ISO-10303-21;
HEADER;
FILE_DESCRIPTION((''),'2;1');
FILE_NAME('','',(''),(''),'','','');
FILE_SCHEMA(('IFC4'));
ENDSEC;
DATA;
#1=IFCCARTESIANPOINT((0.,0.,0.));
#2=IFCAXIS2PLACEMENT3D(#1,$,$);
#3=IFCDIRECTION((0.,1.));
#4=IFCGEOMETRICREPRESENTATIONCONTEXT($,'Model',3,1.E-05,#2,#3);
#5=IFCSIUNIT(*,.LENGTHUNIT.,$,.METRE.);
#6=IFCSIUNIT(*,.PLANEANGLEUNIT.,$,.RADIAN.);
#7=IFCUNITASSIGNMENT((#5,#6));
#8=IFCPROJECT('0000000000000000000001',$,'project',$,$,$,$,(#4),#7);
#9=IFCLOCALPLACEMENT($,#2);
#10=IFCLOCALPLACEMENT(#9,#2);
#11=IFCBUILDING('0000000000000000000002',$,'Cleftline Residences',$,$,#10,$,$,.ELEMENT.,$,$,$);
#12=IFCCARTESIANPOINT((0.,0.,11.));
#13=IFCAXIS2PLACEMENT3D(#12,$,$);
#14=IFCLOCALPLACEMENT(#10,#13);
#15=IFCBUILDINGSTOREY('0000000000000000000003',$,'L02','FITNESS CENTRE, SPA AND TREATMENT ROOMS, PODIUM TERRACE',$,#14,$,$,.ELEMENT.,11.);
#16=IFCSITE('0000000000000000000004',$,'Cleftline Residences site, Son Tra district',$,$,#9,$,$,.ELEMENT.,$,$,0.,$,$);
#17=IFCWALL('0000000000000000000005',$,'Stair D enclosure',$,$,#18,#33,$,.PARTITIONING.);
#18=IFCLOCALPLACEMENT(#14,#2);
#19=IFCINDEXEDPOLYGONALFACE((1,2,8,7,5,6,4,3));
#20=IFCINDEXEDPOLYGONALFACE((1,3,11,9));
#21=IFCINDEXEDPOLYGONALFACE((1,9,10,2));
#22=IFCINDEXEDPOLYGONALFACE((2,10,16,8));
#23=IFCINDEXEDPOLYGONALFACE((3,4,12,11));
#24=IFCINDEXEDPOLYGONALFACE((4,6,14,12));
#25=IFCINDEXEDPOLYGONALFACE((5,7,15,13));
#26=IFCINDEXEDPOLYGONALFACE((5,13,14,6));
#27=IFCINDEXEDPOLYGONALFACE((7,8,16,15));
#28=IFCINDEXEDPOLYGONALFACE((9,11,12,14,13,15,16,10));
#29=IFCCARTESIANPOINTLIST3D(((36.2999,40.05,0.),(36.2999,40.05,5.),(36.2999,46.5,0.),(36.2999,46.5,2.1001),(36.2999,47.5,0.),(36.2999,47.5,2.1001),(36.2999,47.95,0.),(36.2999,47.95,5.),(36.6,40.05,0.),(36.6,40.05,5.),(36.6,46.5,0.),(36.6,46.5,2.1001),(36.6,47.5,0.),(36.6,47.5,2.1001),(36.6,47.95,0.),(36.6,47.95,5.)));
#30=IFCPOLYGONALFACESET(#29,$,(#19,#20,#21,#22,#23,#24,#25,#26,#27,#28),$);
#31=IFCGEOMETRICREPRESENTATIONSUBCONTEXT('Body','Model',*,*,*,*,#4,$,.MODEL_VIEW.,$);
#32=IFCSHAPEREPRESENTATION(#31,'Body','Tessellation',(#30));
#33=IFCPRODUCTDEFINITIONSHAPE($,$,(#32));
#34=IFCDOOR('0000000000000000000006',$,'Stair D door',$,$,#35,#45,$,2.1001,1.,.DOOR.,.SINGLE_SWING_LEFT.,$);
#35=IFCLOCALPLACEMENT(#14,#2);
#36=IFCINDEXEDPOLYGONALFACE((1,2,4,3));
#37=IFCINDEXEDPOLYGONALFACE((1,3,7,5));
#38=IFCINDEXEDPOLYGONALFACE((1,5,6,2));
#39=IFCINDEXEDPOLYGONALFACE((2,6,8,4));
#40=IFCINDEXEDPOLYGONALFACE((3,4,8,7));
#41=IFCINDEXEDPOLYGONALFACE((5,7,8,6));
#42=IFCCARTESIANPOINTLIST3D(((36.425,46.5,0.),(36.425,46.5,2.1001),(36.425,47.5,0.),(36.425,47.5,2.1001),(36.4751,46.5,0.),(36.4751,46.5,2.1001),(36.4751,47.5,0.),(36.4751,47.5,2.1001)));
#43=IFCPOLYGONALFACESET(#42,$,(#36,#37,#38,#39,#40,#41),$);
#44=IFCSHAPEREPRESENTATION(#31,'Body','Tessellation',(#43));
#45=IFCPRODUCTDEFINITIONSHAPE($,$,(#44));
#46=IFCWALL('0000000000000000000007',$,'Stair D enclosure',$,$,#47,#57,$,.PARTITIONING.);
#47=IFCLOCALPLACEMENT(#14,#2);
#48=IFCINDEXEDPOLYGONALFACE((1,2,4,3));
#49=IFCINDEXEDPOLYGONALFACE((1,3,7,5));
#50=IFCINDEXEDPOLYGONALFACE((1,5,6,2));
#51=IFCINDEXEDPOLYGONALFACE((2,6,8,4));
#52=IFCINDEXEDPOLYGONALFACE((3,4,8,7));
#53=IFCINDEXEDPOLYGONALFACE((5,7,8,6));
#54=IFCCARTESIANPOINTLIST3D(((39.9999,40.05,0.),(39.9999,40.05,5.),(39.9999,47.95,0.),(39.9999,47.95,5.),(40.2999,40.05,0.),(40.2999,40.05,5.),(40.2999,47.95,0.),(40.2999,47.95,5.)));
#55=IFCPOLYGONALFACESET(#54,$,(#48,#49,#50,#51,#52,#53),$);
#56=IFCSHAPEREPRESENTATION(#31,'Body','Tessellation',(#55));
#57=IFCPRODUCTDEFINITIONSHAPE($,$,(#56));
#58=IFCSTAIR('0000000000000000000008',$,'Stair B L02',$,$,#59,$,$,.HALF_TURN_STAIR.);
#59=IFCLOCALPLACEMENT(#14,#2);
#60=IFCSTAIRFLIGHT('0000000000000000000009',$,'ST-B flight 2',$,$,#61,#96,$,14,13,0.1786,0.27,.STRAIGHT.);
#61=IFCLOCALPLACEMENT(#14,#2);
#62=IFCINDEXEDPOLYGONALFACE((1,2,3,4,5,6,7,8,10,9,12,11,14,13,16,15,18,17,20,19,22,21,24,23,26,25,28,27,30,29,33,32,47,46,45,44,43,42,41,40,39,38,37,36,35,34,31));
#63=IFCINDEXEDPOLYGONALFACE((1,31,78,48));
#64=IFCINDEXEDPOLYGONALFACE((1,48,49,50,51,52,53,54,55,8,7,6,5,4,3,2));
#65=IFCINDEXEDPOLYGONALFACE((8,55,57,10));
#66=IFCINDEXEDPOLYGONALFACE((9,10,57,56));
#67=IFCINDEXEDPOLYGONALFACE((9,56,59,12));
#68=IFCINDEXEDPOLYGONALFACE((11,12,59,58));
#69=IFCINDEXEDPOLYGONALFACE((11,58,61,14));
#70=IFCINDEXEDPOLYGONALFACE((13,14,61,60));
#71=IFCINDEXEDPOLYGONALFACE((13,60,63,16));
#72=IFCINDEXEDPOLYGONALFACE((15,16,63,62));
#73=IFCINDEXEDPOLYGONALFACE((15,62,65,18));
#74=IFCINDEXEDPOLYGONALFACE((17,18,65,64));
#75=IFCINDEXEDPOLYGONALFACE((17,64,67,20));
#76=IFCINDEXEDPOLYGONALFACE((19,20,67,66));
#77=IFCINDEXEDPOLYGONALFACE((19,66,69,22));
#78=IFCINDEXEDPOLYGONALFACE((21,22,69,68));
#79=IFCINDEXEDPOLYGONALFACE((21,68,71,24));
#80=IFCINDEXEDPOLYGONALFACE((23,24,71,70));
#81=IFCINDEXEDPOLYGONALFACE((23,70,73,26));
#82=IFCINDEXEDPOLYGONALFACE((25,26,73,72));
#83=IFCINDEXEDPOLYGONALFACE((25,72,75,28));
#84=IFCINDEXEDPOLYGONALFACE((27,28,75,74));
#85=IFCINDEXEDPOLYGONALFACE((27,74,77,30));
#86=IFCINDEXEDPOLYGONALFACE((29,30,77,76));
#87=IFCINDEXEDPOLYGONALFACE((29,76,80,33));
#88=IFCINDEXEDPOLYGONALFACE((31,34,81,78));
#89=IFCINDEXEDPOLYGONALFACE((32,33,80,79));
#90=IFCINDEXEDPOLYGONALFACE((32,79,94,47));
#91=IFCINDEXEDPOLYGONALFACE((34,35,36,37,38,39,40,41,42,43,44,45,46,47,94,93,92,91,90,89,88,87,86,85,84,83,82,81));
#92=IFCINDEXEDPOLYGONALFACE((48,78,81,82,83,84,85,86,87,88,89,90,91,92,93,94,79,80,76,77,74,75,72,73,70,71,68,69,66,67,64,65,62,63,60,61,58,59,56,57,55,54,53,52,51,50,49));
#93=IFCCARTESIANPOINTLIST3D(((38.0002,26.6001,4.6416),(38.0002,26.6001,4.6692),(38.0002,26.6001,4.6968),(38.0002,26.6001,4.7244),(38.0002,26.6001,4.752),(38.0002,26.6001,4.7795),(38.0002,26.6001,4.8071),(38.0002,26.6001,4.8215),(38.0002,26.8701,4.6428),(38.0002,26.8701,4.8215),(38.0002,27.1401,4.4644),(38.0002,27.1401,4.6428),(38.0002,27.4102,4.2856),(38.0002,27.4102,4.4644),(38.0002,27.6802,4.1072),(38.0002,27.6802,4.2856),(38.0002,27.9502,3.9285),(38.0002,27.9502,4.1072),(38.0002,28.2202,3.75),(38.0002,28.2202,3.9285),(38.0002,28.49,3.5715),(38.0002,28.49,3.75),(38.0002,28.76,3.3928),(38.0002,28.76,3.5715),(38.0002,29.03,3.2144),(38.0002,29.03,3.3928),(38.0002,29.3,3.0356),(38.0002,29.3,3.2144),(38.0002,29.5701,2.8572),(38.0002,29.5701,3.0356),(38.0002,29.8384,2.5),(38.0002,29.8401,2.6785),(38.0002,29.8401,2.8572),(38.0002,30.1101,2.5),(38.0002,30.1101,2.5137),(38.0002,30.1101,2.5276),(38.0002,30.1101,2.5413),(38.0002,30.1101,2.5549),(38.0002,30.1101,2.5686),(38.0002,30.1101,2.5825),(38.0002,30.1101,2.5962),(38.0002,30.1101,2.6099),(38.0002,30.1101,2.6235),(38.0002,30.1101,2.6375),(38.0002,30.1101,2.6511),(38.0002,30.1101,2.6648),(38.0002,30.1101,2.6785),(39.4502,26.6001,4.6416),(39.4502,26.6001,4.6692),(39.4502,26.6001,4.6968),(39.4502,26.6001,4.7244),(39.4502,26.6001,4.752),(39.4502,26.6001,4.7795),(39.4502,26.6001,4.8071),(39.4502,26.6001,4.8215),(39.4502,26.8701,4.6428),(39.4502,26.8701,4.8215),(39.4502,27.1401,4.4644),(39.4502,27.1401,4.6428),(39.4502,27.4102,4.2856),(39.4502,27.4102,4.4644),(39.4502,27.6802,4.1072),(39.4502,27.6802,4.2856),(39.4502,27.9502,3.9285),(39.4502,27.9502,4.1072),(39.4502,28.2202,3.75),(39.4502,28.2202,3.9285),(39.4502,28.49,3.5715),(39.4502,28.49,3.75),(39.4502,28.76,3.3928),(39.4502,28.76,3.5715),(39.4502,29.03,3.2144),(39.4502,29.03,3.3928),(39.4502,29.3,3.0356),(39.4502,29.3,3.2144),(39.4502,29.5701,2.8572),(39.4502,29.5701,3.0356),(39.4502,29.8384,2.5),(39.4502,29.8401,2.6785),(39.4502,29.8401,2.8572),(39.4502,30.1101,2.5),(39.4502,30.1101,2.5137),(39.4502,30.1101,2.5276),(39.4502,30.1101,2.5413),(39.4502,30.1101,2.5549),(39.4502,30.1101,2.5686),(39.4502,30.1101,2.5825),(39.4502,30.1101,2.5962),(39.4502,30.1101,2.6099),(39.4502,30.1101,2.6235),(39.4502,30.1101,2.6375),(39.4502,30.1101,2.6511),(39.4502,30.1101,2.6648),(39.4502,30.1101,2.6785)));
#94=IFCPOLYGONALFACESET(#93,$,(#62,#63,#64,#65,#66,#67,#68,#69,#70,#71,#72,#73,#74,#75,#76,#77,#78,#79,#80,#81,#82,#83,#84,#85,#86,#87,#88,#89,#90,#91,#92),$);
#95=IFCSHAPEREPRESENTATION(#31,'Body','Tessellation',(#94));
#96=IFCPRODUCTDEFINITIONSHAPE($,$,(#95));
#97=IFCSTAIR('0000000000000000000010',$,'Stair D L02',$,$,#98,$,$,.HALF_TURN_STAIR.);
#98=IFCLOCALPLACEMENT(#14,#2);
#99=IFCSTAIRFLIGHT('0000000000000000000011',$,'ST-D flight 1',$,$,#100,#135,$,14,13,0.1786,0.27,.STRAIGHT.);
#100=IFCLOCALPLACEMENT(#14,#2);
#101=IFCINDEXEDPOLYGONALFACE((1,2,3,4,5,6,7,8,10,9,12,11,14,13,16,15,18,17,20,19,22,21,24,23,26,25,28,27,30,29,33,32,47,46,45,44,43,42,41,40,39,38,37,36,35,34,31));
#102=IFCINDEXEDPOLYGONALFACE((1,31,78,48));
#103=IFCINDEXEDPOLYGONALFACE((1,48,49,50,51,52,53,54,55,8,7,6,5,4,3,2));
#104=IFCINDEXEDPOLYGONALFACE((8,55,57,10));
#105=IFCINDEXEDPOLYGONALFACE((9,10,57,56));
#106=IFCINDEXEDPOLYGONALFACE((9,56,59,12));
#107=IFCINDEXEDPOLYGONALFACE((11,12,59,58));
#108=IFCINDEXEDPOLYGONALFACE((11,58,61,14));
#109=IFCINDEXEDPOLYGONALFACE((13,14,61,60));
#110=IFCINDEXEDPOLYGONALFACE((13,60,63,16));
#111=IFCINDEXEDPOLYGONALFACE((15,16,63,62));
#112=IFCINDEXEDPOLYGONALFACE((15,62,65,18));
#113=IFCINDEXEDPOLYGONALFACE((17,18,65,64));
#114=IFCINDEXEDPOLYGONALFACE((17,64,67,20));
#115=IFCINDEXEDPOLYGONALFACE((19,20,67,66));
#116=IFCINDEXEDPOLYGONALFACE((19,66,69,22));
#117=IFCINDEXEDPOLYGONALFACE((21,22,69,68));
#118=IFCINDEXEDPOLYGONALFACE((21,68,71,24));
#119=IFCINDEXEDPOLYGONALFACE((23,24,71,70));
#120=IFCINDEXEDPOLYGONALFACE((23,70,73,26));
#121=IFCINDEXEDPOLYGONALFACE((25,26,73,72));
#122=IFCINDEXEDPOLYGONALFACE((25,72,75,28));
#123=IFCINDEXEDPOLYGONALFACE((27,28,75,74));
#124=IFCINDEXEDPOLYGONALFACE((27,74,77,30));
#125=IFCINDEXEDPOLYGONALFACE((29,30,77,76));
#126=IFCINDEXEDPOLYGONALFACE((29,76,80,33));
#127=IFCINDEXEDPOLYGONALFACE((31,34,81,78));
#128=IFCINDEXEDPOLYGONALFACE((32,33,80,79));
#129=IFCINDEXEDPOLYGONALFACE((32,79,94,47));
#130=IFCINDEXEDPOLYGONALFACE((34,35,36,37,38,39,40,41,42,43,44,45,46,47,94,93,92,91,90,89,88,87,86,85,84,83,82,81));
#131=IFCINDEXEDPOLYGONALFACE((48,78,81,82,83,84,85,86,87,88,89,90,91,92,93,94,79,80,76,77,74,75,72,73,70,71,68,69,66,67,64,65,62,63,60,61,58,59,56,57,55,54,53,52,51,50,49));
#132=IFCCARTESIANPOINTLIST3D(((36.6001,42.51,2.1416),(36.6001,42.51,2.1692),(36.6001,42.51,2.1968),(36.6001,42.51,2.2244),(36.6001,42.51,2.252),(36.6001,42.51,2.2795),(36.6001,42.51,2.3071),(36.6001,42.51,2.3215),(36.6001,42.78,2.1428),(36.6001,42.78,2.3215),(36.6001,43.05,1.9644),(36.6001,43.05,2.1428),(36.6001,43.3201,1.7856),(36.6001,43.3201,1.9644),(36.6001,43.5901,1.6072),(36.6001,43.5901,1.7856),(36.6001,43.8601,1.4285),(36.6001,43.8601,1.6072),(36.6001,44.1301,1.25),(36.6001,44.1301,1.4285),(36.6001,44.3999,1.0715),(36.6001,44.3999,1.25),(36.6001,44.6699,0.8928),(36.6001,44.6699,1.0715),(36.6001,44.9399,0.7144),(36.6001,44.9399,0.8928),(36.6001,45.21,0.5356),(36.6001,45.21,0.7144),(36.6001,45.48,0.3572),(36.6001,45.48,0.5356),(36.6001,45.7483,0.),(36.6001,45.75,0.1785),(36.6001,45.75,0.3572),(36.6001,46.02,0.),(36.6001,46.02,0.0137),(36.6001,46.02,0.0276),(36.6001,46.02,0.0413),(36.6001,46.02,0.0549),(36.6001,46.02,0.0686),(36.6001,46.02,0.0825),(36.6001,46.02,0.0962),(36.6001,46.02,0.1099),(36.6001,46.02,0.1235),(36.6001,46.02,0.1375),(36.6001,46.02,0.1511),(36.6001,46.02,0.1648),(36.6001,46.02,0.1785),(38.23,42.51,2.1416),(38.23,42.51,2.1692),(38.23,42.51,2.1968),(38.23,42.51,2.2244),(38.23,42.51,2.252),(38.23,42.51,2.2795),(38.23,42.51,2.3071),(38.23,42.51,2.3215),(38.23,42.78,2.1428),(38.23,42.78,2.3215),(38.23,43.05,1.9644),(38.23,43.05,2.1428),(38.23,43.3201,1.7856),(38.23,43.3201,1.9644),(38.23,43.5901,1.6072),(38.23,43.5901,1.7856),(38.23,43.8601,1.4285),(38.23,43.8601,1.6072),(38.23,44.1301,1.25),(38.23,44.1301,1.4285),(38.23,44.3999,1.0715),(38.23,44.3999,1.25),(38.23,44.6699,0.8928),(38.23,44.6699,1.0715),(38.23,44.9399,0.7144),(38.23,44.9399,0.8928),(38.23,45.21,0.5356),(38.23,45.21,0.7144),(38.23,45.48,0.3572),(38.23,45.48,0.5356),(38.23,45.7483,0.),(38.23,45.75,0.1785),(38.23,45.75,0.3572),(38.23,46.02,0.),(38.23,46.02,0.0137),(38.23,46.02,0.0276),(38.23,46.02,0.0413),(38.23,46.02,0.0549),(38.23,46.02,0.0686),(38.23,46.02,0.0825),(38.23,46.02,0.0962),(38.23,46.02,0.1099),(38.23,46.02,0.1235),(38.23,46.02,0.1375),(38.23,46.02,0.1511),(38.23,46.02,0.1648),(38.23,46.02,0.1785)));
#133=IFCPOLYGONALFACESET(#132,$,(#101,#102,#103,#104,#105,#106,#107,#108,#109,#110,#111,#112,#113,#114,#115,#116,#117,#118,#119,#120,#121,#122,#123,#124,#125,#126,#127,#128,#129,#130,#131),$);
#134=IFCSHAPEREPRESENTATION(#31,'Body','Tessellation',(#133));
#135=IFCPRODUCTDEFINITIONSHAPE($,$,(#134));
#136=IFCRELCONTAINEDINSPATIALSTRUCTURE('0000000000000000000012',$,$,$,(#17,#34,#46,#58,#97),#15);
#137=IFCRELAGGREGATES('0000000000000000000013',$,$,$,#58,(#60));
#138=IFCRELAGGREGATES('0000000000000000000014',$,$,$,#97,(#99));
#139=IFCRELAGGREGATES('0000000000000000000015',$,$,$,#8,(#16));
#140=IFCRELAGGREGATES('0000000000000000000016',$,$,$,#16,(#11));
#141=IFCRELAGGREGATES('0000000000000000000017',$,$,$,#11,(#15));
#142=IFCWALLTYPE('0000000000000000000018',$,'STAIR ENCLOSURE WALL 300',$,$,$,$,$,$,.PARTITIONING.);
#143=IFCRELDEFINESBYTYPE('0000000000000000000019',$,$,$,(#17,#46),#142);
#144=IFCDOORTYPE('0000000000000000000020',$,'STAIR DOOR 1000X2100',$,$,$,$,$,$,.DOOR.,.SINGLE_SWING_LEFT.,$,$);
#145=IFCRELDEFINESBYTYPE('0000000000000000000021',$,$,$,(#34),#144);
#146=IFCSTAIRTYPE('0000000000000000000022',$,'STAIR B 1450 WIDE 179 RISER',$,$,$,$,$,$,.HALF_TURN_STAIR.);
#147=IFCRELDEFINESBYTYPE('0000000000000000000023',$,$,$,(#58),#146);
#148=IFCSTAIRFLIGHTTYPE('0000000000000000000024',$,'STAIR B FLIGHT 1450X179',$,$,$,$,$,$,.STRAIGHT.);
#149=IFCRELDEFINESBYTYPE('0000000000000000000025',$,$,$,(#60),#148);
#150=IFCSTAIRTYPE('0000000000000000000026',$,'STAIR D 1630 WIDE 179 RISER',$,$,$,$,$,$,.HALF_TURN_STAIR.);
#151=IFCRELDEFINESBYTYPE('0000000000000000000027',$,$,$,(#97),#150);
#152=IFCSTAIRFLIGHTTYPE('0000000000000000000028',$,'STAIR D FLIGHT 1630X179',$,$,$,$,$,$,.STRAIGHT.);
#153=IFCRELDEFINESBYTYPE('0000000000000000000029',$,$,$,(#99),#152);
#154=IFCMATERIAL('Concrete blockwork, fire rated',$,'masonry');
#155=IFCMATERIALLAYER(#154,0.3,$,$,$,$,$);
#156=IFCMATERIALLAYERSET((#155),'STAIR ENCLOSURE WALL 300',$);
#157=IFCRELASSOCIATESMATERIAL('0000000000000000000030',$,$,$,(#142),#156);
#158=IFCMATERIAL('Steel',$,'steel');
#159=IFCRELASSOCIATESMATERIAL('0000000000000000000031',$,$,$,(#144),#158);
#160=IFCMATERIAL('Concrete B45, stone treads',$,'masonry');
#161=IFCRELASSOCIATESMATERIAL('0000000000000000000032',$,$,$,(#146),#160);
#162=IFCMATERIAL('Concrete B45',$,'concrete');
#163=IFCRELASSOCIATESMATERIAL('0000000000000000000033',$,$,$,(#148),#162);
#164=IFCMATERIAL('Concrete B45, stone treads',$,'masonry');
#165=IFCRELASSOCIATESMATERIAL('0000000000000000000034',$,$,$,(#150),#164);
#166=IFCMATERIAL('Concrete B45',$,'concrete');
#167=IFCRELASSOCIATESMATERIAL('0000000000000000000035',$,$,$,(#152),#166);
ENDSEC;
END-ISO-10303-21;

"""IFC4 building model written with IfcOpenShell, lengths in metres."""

from ifc_helpers import new_model, si_unit, direction, frame, frame_2d, origin, place, context, subcontext, project, spatial, polyline, rectangle, outline, extrude, material, layer, layer_set, type_object, element, fill, aggregate, save


model = new_model("IFC4")

# Units and contexts
model_context = context("Model", 3, precision=1e-05, world=origin(), true_north=direction((0.0, 1.0)))
body_context = subcontext(model_context, "Body", "Model", "MODEL_VIEW")
ifc_project = project(units=[si_unit("LENGTHUNIT", "METRE"), si_unit("PLANEANGLEUNIT", "RADIAN")], contexts=[model_context])

# Site, building, storey
site_placement = place(None, origin())
site = spatial("IfcSite", under=ifc_project, at=site_placement, Name="Cleftline Residences site, Son Tra district", CompositionType="ELEMENT", RefElevation=0.0)
building_placement = place(site_placement, origin())
building = spatial("IfcBuilding", under=site, at=building_placement, Name="Cleftline Residences", CompositionType="ELEMENT")
storey_placement = place(building_placement, frame((0.0, 0.0, 11.0)))
storey = spatial("IfcBuildingStorey", under=building, at=storey_placement, Name="L02", Description="FITNESS CENTRE, SPA AND TREATMENT ROOMS, PODIUM TERRACE", CompositionType="ELEMENT", Elevation=11.0)

# Shared definitions
ifc_material_1 = material(Name="Concrete blockwork, fire rated", Category="masonry")
ifc_layer_1 = layer(ifc_material_1, 0.3)
ifc_layer_set_1 = layer_set([ifc_layer_1], Name="STAIR ENCLOSURE WALL 300")
wall_type_1 = type_object("IfcWallType", Name="STAIR ENCLOSURE WALL 300", PredefinedType="PARTITIONING", material=ifc_layer_set_1)

# Wall, opening, door
wall_1_placement = place(storey_placement, frame((36.45, 40.05, 0.0), z_axis=(0.0, 0.0, 1.0), x_axis=(0.0, 1.0, 0.0)))
wall_1 = element("IfcWall", 1, at=wall_1_placement, inside=storey, type_object=wall_type_1, Name="Stair D enclosure", PredefinedType="PARTITIONING", context=body_context, shape_type="SweptSolid", body=[
    extrude(rectangle(XDim=7.8999, YDim=0.3, at=frame_2d((3.95, 0.0))), origin(), (0.0, 0.0, 1.0), 5.0),
])
opening_1_placement = place(wall_1_placement, frame((6.45, 0.0, 0.0)))
opening_1 = element("IfcOpeningElement", 2, at=opening_1_placement, cuts=wall_1, PredefinedType="OPENING", context=body_context, shape_type="SweptSolid", body=[
    extrude(rectangle(XDim=1.0, YDim=2.1001, at=frame_2d((0.5, 1.05))), frame((0.0, 0.1599, 0.0), z_axis=(0.0, -1.0, 0.0), x_axis=(1.0, 0.0, 0.0)), (0.0, 0.0, 1.0), 0.3201),
])
ifc_material_2 = material(Name="Steel", Category="steel")
door_type_1 = type_object("IfcDoorType", Name="STAIR DOOR 1000X2100", OperationType="SINGLE_SWING_LEFT", PredefinedType="DOOR", material=ifc_material_2)
door_1_placement = place(opening_1_placement, origin())
door_1 = element("IfcDoor", 3, at=door_1_placement, inside=storey, type_object=door_type_1, Name="Stair D door", OperationType="SINGLE_SWING_LEFT", OverallHeight=2.1001, OverallWidth=1.0, PredefinedType="DOOR", context=body_context, shape_type="SweptSolid", body=[
    extrude(rectangle(XDim=1.0, YDim=2.1001, at=frame_2d((0.5, 1.05))), frame((0.0, 0.0249, 0.0), z_axis=(0.0, -1.0, 0.0), x_axis=(1.0, 0.0, 0.0)), (0.0, 0.0, 1.0), 0.05),
])
fill(opening_1, door_1)

# Wall
wall_2_placement = place(storey_placement, frame((40.1499, 40.05, 0.0), z_axis=(0.0, 0.0, 1.0), x_axis=(0.0, 1.0, 0.0)))
element("IfcWall", 4, at=wall_2_placement, inside=storey, type_object=wall_type_1, Name="Stair D enclosure", PredefinedType="PARTITIONING", context=body_context, shape_type="SweptSolid", body=[
    extrude(rectangle(XDim=7.8999, YDim=0.3, at=frame_2d((3.95, 0.0))), origin(), (0.0, 0.0, 1.0), 5.0),
])

# Stair, stair flight
ifc_material_3 = material(Name="Concrete B45, stone treads", Category="masonry")
stair_type_1 = type_object("IfcStairType", Name="STAIR B 1450 WIDE 179 RISER", PredefinedType="HALF_TURN_STAIR", material=ifc_material_3)
stair_1_placement = place(storey_placement, origin())
stair_1 = element("IfcStair", 5, at=stair_1_placement, inside=storey, type_object=stair_type_1, Name="Stair B L02", PredefinedType="HALF_TURN_STAIR")
ifc_material_4 = material(Name="Concrete B45", Category="concrete")
stair_flight_type_1 = type_object("IfcStairFlightType", Name="STAIR B FLIGHT 1450X179", PredefinedType="STRAIGHT", material=ifc_material_4)
stair_flight_1_placement = place(storey_placement, frame((38.7251, 30.1101, 2.5), z_axis=(0.0, 0.0, 1.0), x_axis=(0.0, -1.0, 0.0)))
stair_flight_1 = element("IfcStairFlight", 6, at=stair_flight_1_placement, type_object=stair_flight_type_1, Name="ST-B flight 2", NumberOfRisers=14, NumberOfTreads=13, PredefinedType="STRAIGHT", RiserHeight=0.1786, TreadLength=0.27, context=body_context, shape_type="SweptSolid", body=[
    extrude(outline(polyline([(0.0, 0.0), (0.0, 0.0137), (0.0, 0.0276), (0.0, 0.0413), (0.0, 0.0549), (0.0, 0.0686), (0.0, 0.0825), (0.0, 0.0962), (0.0, 0.1099), (0.0, 0.1235), (0.0, 0.1375), (0.0, 0.1511), (0.0, 0.1648), (0.0, 0.1785), (0.27, 0.1785), (0.27, 0.3572), (0.54, 0.3572), (0.54, 0.5356), (0.8101, 0.5356), (0.8101, 0.7144), (1.0801, 0.7144), (1.0801, 0.8928), (1.3501, 0.8928), (1.3501, 1.0715), (1.6201, 1.0715), (1.6201, 1.25), (1.8899, 1.25), (1.8899, 1.4285), (2.1599, 1.4285), (2.1599, 1.6072), (2.4299, 1.6072), (2.4299, 1.7856), (2.7, 1.7856), (2.7, 1.9644), (2.97, 1.9644), (2.97, 2.1428), (3.24, 2.1428), (3.24, 2.3215), (3.51, 2.3215), (3.51, 2.5), (3.51, 2.4724), (3.51, 2.4448), (3.51, 2.4172), (3.51, 2.3896), (3.51, 2.3623), (3.51, 2.3347), (3.51, 2.3071), (3.51, 2.2795), (3.51, 2.252), (3.51, 2.2244), (3.51, 2.1968), (3.51, 2.1692), (3.51, 2.1416), (0.2717, 0.0), (0.0, 0.0)])), frame((0.0, 0.7251, 0.0), z_axis=(0.0, -1.0, 0.0), x_axis=(1.0, 0.0, 0.0)), (0.0, 0.0, 1.0), 1.45),
])
aggregate(stair_1, [stair_flight_1])

# Stair, stair flight
ifc_material_5 = material(Name="Concrete B45, stone treads", Category="masonry")
stair_type_2 = type_object("IfcStairType", Name="STAIR D 1630 WIDE 179 RISER", PredefinedType="HALF_TURN_STAIR", material=ifc_material_5)
stair_2_placement = place(storey_placement, origin())
stair_2 = element("IfcStair", 7, at=stair_2_placement, inside=storey, type_object=stair_type_2, Name="Stair D L02", PredefinedType="HALF_TURN_STAIR")
ifc_material_6 = material(Name="Concrete B45", Category="concrete")
stair_flight_type_2 = type_object("IfcStairFlightType", Name="STAIR D FLIGHT 1630X179", PredefinedType="STRAIGHT", material=ifc_material_6)
stair_flight_2_placement = place(storey_placement, frame((37.415, 46.02, 0.0), z_axis=(0.0, 0.0, 1.0), x_axis=(0.0, -1.0, 0.0)))
stair_flight_2 = element("IfcStairFlight", 8, at=stair_flight_2_placement, type_object=stair_flight_type_2, Name="ST-D flight 1", NumberOfRisers=14, NumberOfTreads=13, PredefinedType="STRAIGHT", RiserHeight=0.1786, TreadLength=0.27, context=body_context, shape_type="SweptSolid", body=[
    extrude(outline(polyline([(0.0, 0.0), (0.0, 0.0137), (0.0, 0.0276), (0.0, 0.0413), (0.0, 0.0549), (0.0, 0.0686), (0.0, 0.0825), (0.0, 0.0962), (0.0, 0.1099), (0.0, 0.1235), (0.0, 0.1375), (0.0, 0.1511), (0.0, 0.1648), (0.0, 0.1785), (0.27, 0.1785), (0.27, 0.3572), (0.54, 0.3572), (0.54, 0.5356), (0.8101, 0.5356), (0.8101, 0.7144), (1.0801, 0.7144), (1.0801, 0.8928), (1.3501, 0.8928), (1.3501, 1.0715), (1.6201, 1.0715), (1.6201, 1.25), (1.8899, 1.25), (1.8899, 1.4285), (2.1599, 1.4285), (2.1599, 1.6072), (2.4299, 1.6072), (2.4299, 1.7856), (2.7, 1.7856), (2.7, 1.9644), (2.97, 1.9644), (2.97, 2.1428), (3.24, 2.1428), (3.24, 2.3215), (3.51, 2.3215), (3.51, 2.5), (3.51, 2.4724), (3.51, 2.4448), (3.51, 2.4172), (3.51, 2.3896), (3.51, 2.3623), (3.51, 2.3347), (3.51, 2.3071), (3.51, 2.2795), (3.51, 2.252), (3.51, 2.2244), (3.51, 2.1968), (3.51, 2.1692), (3.51, 2.1416), (0.2717, 0.0), (0.0, 0.0)])), frame((0.0, 0.8149, 0.0), z_axis=(0.0, -1.0, 0.0), x_axis=(1.0, 0.0, 0.0)), (0.0, 0.0, 1.0), 1.6299),
])
aggregate(stair_2, [stair_flight_2])

save(model, "model.ifc")
